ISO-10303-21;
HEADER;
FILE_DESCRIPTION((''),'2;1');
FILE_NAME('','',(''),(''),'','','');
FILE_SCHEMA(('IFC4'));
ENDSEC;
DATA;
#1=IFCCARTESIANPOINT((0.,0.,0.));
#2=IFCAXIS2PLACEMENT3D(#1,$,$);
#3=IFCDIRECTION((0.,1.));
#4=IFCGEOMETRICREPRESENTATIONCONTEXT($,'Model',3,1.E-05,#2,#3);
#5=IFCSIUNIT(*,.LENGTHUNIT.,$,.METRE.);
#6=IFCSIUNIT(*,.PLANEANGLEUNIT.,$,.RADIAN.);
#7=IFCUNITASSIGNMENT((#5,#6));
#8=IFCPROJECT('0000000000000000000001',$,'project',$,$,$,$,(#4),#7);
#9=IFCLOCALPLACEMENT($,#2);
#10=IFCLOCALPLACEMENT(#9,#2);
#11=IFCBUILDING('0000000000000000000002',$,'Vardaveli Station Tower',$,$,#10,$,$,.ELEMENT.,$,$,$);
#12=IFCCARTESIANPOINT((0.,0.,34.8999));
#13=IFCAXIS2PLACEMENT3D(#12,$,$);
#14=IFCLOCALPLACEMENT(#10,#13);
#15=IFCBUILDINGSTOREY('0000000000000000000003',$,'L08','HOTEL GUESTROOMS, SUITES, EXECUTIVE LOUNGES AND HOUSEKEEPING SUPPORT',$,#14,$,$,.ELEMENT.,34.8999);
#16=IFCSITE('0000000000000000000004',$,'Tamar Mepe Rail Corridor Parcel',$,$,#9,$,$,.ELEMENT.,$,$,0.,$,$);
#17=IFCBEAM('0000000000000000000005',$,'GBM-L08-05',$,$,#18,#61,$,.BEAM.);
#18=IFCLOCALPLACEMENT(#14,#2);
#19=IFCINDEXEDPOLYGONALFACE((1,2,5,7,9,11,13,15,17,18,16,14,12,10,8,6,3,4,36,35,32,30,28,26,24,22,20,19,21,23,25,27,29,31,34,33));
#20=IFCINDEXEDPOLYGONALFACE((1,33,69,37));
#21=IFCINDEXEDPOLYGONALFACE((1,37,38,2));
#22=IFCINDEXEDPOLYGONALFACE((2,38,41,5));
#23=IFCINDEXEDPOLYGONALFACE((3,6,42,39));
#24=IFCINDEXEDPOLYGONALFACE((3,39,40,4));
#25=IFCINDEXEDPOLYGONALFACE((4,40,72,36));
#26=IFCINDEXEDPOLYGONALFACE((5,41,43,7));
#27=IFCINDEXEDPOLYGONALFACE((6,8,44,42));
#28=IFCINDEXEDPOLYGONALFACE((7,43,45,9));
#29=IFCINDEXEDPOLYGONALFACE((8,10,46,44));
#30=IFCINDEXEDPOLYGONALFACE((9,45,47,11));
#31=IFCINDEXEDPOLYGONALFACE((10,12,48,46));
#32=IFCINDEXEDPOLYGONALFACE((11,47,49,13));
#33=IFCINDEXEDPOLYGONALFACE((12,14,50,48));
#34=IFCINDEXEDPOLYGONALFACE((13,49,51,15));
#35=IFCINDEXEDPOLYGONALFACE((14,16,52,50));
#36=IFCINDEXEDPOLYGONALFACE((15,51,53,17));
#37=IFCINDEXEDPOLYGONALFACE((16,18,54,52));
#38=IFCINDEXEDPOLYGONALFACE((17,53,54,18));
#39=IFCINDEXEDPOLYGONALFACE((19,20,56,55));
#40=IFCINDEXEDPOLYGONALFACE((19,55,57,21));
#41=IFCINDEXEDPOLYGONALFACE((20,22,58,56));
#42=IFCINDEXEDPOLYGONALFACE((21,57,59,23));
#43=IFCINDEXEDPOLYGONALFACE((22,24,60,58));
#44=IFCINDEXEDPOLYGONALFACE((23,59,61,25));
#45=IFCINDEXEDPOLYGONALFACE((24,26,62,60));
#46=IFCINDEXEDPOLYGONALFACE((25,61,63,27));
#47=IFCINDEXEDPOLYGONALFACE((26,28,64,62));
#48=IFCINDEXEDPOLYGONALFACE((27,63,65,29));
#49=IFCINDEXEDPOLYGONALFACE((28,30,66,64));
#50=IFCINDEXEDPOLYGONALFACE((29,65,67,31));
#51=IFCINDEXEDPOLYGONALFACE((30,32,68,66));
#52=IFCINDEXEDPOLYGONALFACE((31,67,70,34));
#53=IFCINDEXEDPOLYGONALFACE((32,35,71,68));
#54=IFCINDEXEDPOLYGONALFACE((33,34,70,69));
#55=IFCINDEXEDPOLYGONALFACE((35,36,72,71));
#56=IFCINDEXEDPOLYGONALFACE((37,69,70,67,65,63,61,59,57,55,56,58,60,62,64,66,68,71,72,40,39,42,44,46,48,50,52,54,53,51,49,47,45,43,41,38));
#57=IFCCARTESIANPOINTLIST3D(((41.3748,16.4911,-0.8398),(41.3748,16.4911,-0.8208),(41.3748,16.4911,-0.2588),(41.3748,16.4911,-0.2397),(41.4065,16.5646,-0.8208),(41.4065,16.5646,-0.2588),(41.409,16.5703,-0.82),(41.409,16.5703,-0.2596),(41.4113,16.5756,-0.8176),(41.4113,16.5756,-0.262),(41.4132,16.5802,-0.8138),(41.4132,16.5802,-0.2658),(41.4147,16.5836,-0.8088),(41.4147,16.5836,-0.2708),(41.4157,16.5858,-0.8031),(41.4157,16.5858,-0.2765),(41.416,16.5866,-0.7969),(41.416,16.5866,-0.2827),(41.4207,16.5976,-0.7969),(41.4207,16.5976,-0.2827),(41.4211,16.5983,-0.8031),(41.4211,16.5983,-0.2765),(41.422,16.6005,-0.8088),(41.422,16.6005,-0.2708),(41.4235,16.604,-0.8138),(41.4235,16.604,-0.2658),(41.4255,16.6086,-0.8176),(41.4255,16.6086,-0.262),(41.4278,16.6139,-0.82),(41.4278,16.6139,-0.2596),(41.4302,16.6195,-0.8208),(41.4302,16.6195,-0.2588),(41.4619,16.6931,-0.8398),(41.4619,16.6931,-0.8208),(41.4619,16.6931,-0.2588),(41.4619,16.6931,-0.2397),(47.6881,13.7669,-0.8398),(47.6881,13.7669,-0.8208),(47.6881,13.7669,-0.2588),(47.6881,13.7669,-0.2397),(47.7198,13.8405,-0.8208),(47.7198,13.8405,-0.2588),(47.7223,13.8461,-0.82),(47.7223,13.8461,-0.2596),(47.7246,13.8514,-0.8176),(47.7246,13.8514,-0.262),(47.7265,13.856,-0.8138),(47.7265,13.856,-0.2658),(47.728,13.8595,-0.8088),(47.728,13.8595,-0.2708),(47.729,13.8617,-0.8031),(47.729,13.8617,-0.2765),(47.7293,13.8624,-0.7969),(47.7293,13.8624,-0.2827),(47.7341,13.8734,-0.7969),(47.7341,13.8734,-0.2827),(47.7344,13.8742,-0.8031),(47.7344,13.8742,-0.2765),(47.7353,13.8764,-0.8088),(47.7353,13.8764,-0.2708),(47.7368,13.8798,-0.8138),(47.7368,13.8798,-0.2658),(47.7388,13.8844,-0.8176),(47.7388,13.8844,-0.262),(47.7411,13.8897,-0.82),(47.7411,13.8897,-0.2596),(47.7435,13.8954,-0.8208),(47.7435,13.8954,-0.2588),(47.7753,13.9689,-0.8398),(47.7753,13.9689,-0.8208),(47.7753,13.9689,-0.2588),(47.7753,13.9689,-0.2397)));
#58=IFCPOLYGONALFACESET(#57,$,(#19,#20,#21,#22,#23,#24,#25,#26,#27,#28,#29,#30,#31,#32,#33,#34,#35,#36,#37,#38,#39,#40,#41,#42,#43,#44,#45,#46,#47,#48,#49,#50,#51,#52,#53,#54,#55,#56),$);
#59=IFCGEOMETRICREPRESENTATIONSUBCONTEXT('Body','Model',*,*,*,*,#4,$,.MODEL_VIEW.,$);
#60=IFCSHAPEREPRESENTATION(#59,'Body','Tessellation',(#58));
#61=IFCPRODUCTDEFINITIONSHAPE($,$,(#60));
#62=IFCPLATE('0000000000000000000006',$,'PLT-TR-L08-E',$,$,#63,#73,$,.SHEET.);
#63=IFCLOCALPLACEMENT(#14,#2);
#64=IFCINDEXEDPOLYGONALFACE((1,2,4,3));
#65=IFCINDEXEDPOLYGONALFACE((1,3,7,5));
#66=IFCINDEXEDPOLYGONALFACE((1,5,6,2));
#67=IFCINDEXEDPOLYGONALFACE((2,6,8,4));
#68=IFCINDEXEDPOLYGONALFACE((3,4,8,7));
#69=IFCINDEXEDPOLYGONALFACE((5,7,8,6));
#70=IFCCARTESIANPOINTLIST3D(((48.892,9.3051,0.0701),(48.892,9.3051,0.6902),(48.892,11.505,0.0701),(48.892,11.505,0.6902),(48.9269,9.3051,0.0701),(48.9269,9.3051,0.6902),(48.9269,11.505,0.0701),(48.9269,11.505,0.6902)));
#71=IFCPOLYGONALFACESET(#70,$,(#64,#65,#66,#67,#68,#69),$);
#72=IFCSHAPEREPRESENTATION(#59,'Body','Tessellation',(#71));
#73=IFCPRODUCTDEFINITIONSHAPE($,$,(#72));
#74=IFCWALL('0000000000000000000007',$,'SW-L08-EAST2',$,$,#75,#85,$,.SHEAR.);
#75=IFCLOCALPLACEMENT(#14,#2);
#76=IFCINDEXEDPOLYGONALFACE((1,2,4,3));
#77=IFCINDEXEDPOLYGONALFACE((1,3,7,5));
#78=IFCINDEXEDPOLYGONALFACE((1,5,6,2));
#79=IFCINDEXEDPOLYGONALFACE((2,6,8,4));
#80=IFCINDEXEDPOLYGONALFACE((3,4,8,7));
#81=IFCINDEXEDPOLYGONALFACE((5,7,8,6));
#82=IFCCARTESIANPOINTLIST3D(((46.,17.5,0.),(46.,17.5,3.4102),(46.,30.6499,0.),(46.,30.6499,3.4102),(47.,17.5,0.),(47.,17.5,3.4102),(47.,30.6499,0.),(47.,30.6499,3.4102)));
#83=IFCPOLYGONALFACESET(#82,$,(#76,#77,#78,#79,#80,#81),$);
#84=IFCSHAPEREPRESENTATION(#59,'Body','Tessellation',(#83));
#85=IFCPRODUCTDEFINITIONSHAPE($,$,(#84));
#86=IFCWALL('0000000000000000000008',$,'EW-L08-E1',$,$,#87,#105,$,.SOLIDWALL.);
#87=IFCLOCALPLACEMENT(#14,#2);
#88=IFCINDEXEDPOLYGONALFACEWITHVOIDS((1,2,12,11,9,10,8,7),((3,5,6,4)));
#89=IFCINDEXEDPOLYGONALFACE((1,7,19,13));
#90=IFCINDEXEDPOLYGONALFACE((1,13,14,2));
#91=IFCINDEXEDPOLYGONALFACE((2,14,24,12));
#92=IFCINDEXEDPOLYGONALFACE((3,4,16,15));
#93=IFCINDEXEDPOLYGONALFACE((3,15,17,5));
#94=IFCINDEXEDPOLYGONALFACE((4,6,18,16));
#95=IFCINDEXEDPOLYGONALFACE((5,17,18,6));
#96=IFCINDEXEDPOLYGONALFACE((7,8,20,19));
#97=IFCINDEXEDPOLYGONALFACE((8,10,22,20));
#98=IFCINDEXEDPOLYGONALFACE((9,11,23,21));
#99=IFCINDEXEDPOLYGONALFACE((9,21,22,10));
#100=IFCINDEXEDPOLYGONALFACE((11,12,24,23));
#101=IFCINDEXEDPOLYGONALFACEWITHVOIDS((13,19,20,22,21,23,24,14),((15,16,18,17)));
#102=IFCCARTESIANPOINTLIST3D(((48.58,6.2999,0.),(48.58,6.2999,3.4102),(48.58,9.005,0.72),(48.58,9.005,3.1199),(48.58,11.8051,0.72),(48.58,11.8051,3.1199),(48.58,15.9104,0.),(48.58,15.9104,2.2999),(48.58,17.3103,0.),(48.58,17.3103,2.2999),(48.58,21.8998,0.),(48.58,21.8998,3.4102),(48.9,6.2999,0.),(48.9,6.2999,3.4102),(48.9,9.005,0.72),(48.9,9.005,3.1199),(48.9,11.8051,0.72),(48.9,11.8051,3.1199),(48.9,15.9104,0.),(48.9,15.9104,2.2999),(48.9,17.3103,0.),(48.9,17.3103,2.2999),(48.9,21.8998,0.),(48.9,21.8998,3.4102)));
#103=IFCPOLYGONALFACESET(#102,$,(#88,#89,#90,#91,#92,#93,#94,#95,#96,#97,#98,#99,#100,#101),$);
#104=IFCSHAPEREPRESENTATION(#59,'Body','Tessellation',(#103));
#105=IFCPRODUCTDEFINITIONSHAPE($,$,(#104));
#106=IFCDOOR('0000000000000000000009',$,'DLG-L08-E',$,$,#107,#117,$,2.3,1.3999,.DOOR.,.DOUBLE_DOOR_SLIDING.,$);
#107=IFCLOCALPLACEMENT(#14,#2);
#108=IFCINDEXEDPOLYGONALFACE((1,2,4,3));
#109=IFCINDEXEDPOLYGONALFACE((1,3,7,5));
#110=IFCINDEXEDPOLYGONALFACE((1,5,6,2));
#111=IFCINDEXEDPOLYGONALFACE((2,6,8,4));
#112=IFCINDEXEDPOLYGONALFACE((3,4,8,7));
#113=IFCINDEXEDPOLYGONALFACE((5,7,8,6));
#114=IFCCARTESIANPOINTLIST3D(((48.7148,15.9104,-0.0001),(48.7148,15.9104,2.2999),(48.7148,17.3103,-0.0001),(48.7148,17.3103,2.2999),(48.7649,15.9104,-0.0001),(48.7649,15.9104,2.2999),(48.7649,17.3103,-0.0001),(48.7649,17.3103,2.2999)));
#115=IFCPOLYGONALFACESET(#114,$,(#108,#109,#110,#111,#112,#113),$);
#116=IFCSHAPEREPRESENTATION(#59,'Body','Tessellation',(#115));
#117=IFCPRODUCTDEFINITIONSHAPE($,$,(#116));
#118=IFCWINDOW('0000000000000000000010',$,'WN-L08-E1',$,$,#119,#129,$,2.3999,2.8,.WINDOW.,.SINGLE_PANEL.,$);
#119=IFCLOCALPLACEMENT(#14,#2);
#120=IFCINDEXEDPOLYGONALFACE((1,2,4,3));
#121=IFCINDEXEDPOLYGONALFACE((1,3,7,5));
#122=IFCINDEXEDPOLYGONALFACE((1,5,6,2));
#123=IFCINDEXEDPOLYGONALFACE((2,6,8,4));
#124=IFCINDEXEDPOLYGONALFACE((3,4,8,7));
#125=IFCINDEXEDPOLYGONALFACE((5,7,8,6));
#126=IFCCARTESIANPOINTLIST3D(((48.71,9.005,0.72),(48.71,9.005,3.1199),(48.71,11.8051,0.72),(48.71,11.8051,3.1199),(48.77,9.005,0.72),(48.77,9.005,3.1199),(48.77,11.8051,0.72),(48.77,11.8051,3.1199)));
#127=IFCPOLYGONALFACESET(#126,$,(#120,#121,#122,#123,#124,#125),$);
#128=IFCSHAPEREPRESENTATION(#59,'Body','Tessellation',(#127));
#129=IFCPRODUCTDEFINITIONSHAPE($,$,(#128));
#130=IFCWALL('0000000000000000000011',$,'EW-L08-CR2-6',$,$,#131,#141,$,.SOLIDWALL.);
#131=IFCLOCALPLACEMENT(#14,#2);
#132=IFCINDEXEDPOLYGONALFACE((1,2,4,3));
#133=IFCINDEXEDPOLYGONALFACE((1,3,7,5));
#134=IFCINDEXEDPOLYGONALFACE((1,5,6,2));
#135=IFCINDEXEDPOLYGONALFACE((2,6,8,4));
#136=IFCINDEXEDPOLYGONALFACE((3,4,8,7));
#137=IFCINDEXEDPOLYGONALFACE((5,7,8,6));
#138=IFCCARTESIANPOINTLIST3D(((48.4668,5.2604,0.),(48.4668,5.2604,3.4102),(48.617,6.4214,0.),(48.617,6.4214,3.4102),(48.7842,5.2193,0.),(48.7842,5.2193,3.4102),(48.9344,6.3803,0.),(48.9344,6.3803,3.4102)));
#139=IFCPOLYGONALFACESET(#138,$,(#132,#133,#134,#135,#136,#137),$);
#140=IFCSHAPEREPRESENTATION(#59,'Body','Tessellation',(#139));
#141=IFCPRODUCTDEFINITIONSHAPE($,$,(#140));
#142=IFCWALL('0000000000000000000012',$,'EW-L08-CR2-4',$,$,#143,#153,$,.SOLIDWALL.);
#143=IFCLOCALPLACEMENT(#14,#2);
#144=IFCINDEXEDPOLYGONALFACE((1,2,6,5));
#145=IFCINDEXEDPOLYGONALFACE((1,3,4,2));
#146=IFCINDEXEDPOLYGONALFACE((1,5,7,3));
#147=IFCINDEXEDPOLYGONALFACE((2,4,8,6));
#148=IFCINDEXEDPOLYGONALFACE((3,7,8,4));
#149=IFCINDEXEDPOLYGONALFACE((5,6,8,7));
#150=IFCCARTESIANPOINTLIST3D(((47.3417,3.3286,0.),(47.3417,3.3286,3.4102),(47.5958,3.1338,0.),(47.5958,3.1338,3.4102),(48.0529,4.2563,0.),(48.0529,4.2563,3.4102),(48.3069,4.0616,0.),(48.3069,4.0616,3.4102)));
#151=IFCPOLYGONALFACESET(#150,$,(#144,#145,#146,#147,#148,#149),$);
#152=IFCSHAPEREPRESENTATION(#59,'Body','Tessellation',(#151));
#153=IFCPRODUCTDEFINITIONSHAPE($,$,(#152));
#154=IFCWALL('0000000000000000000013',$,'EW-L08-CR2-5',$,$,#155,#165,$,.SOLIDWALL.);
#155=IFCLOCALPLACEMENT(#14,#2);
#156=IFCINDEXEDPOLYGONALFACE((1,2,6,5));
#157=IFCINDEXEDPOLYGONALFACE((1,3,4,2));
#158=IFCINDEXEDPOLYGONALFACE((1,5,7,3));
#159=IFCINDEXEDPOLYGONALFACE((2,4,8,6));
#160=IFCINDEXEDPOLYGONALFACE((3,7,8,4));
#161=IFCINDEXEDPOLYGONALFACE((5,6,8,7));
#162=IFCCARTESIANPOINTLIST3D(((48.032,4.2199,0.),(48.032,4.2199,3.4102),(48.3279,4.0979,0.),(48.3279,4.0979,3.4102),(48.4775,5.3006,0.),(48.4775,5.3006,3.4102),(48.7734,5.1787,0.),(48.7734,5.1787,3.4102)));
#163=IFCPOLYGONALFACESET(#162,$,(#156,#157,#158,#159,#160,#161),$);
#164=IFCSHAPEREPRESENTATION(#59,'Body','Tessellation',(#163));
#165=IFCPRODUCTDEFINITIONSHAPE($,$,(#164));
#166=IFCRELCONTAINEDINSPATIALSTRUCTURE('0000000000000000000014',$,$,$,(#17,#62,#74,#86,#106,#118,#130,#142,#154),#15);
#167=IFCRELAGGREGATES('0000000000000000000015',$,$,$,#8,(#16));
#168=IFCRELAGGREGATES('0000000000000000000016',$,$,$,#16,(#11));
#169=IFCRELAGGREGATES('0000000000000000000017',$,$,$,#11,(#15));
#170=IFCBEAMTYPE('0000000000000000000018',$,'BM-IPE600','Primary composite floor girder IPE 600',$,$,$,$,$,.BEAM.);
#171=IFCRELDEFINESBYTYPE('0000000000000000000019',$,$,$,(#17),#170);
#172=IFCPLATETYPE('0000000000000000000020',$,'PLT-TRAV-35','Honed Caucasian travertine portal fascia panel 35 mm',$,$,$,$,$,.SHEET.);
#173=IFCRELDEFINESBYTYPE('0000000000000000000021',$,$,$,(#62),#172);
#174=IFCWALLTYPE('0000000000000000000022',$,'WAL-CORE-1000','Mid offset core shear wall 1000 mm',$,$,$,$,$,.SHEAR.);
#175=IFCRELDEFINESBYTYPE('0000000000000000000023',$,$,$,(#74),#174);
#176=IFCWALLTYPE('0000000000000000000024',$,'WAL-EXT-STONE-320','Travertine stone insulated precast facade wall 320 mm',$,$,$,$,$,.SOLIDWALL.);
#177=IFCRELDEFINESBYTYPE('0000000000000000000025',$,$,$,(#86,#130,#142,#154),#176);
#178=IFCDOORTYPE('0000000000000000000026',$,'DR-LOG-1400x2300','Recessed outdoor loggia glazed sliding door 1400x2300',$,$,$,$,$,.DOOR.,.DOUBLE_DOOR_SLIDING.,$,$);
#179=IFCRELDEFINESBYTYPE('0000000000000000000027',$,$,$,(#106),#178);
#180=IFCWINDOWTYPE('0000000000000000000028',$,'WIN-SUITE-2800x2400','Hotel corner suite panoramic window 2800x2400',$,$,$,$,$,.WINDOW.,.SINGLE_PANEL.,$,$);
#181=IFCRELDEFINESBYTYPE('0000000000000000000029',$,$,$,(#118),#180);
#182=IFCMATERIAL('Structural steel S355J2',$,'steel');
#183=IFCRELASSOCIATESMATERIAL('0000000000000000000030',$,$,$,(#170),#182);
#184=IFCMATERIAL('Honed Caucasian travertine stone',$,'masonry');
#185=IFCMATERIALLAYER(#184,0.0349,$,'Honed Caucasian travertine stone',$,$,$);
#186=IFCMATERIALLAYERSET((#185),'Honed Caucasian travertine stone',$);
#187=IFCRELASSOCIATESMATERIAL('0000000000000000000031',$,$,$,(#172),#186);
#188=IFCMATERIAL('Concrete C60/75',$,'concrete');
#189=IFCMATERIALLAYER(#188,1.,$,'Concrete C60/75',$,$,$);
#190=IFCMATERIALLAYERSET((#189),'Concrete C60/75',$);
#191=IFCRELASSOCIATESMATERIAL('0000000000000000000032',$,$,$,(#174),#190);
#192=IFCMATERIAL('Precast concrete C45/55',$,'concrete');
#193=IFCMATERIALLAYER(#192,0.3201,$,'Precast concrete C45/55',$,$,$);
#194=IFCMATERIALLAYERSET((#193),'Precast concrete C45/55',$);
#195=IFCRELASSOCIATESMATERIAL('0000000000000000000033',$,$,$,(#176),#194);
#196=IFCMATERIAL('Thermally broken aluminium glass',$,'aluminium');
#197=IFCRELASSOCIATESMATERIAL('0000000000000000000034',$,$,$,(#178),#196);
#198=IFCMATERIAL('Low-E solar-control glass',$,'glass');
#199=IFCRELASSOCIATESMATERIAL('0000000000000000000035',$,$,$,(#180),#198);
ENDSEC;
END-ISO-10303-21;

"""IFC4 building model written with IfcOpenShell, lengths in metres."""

from ifc_helpers import new_model, si_unit, direction, frame, frame_2d, origin, origin_2d, place, context, subcontext, project, spatial, rectangle, i_section, extrude, source, transform, mapped, material, layer, layer_set, material_profile, profile_set, type_object, element, fill, save


model = new_model("IFC4")

# Units and contexts
model_context = context("Model", 3, precision=1e-05, world=origin(), true_north=direction((0.0, 1.0)))
body_context = subcontext(model_context, "Body", "Model", "MODEL_VIEW")
ifc_project = project(units=[si_unit("LENGTHUNIT", "METRE"), si_unit("PLANEANGLEUNIT", "RADIAN")], contexts=[model_context])

# Site, building, storey
site_placement = place(None, origin())
site = spatial("IfcSite", under=ifc_project, at=site_placement, Name="Tamar Mepe Rail Corridor Parcel", CompositionType="ELEMENT", RefElevation=0.0)
building_placement = place(site_placement, origin())
building = spatial("IfcBuilding", under=site, at=building_placement, Name="Vardaveli Station Tower", CompositionType="ELEMENT")
storey_placement = place(building_placement, frame((0.0, 0.0, 34.8999)))
storey = spatial("IfcBuildingStorey", under=building, at=storey_placement, Name="L08", Description="HOTEL GUESTROOMS, SUITES, EXECUTIVE LOUNGES AND HOUSEKEEPING SUPPORT", CompositionType="ELEMENT", Elevation=34.8999)

# Beam
ifc_material_1 = material(Name="Precast concrete C45/55", Category="concrete")
ifc_material_2 = material(Name="Structural steel S355J2", Category="steel")
ifc_material_profile_1 = material_profile(ifc_material_2, i_section(OverallWidth=0.22, OverallDepth=0.6001, WebThickness=0.012, FlangeThickness=0.019, FilletRadius=0.0239, at=origin_2d()), Name="IPE 600")
ifc_profile_set_1 = profile_set([ifc_material_profile_1], Name="Structural steel S355J2")
beam_type_1 = type_object("IfcBeamType", Name="BM-IPE600", Description="Primary composite floor girder IPE 600", PredefinedType="BEAM", material=ifc_profile_set_1)
shared_shape_1 = source(origin(), body_context, "Body", "SweptSolid", [
    extrude(i_section(OverallWidth=0.22, OverallDepth=0.6001, WebThickness=0.012, FlangeThickness=0.019, FilletRadius=0.0239, at=origin_2d()), origin(), (0.0, 0.0, 1.0), 6.876),
])
beam_1_placement = place(storey_placement, frame((47.7317, 13.8679, -0.5398), z_axis=(-0.918171, 0.396185, 0.0), x_axis=(-0.396185, -0.918171, 0.0)))
element("IfcBeam", 1, at=beam_1_placement, inside=storey, type_object=beam_type_1, Name="GBM-L08-05", PredefinedType="BEAM", context=body_context, shape_type="MappedRepresentation", body=[
    mapped(shared_shape_1, transform((0.0, 0.0, 0.0), scale=1.0)),
])

# Plate
ifc_material_3 = material(Name="Honed Caucasian travertine stone", Category="masonry")
ifc_layer_1 = layer(ifc_material_3, 0.0349, Name="Honed Caucasian travertine stone")
ifc_layer_set_1 = layer_set([ifc_layer_1], Name="Honed Caucasian travertine stone")
plate_type = type_object("IfcPlateType", Name="PLT-TRAV-35", Description="Honed Caucasian travertine portal fascia panel 35 mm", PredefinedType="SHEET", material=ifc_layer_set_1)
shared_shape_2 = source(origin(), body_context, "Body", "SweptSolid", [
    extrude(rectangle(XDim=2.2, YDim=0.0349, at=origin_2d()), origin(), (0.0, 0.0, 1.0), 0.6201),
])
plate_placement = place(storey_placement, frame((48.9094, 10.405, 0.0701), z_axis=(0.0, 0.0, 1.0), x_axis=(0.0, 1.0, 0.0)))
element("IfcPlate", 2, at=plate_placement, inside=storey, type_object=plate_type, Name="PLT-TR-L08-E", PredefinedType="SHEET", context=body_context, shape_type="MappedRepresentation", body=[
    mapped(shared_shape_2, transform((0.0, 0.0, 0.0), scale=1.0)),
])

# Wall
ifc_material_4 = material(Name="Concrete C60/75", Category="concrete")
ifc_layer_2 = layer(ifc_material_4, 1.0, Name="Concrete C60/75")
ifc_layer_set_2 = layer_set([ifc_layer_2], Name="Concrete C60/75")
wall_type_1 = type_object("IfcWallType", Name="WAL-CORE-1000", Description="Mid offset core shear wall 1000 mm", PredefinedType="SHEAR", material=ifc_layer_set_2)
shared_shape_3 = source(origin(), body_context, "Body", "SweptSolid", [
    extrude(rectangle(XDim=13.1499, YDim=1.0, at=frame_2d((6.575, 0.0))), origin(), (0.0, 0.0, 1.0), 3.4102),
])
wall_1_placement = place(storey_placement, frame((46.5, 17.5, 0.0), z_axis=(0.0, 0.0, 1.0), x_axis=(0.0, 1.0, 0.0)))
element("IfcWall", 3, at=wall_1_placement, inside=storey, type_object=wall_type_1, Name="SW-L08-EAST2", PredefinedType="SHEAR", context=body_context, shape_type="MappedRepresentation", body=[
    mapped(shared_shape_3, transform((0.0, 0.0, 0.0), scale=1.0)),
])

# Wall, openings, door, window
ifc_layer_3 = layer(ifc_material_1, 0.3201, Name="Precast concrete C45/55")
ifc_layer_set_3 = layer_set([ifc_layer_3], Name="Precast concrete C45/55")
wall_type_2 = type_object("IfcWallType", Name="WAL-EXT-STONE-320", Description="Travertine stone insulated precast facade wall 320 mm", PredefinedType="SOLIDWALL", material=ifc_layer_set_3)
shared_shape_4 = source(origin(), body_context, "Body", "SweptSolid", [
    extrude(rectangle(XDim=15.5999, YDim=0.3201, at=frame_2d((7.7998, 0.0))), origin(), (0.0, 0.0, 1.0), 3.4102),
])
wall_2_placement = place(storey_placement, frame((48.74, 6.3, 0.0), z_axis=(0.0, 0.0, 1.0), x_axis=(0.0, 1.0, 0.0)))
wall_2 = element("IfcWall", 4, at=wall_2_placement, inside=storey, type_object=wall_type_2, Name="EW-L08-E1", PredefinedType="SOLIDWALL", context=body_context, shape_type="MappedRepresentation", body=[
    mapped(shared_shape_4, transform((0.0, 0.0, 0.0), scale=1.0)),
])
shared_shape_5 = source(origin(), body_context, "Body", "SweptSolid", [
    extrude(rectangle(XDim=1.3999, YDim=2.3, at=frame_2d((0.7, 1.1499))), frame((0.0, 0.1699, 0.0), z_axis=(0.0, -1.0, 0.0), x_axis=(1.0, 0.0, 0.0)), (0.0, 0.0, 1.0), 0.3401),
])
opening_1_placement = place(wall_2_placement, frame((9.6104, 0.0, 0.0)))
opening_1 = element("IfcOpeningElement", 5, at=opening_1_placement, cuts=wall_2, PredefinedType="OPENING", context=body_context, shape_type="MappedRepresentation", body=[
    mapped(shared_shape_5, transform((0.0, 0.0, 0.0), scale=1.0)),
])
shared_shape_6 = source(origin(), body_context, "Body", "SweptSolid", [
    extrude(rectangle(XDim=2.8, YDim=2.3999, at=frame_2d((1.3999, 1.2))), frame((0.0, 0.1699, 0.0), z_axis=(0.0, -1.0, 0.0), x_axis=(1.0, 0.0, 0.0)), (0.0, 0.0, 1.0), 0.3401),
])
opening_2_placement = place(wall_2_placement, frame((2.7051, 0.0, 0.72)))
opening_2 = element("IfcOpeningElement", 6, at=opening_2_placement, cuts=wall_2, PredefinedType="OPENING", context=body_context, shape_type="MappedRepresentation", body=[
    mapped(shared_shape_6, transform((0.0, 0.0, 0.0), scale=1.0)),
])
ifc_material_5 = material(Name="Thermally broken aluminium glass", Category="aluminium")
door_type_1 = type_object("IfcDoorType", Name="DR-LOG-1400x2300", Description="Recessed outdoor loggia glazed sliding door 1400x2300", OperationType="DOUBLE_DOOR_SLIDING", PredefinedType="DOOR", material=ifc_material_5)
shared_shape_7 = source(origin(), body_context, "Body", "SweptSolid", [
    extrude(rectangle(XDim=1.3999, YDim=2.3, at=frame_2d((0.7, 1.1499))), frame((0.0, 0.0249, 0.0), z_axis=(0.0, -1.0, 0.0), x_axis=(1.0, 0.0, 0.0)), (0.0, 0.0, 1.0), 0.05),
])
door_1_placement = place(opening_1_placement, frame((1.3999, 0.0, 0.0), z_axis=(0.0, 0.0, 1.0), x_axis=(-1.0, 0.0, 0.0)))
door_1 = element("IfcDoor", 7, at=door_1_placement, inside=storey, type_object=door_type_1, Name="DLG-L08-E", OperationType="DOUBLE_DOOR_SLIDING", OverallHeight=2.3, OverallWidth=1.3999, PredefinedType="DOOR", context=body_context, shape_type="MappedRepresentation", body=[
    mapped(shared_shape_7, transform((0.0, 0.0, 0.0), scale=1.0)),
])
fill(opening_1, door_1)
ifc_material_6 = material(Name="Low-E solar-control glass", Category="glass")
window_type = type_object("IfcWindowType", Name="WIN-SUITE-2800x2400", Description="Hotel corner suite panoramic window 2800x2400", PartitioningType="SINGLE_PANEL", PredefinedType="WINDOW", material=ifc_material_6)
shared_shape_8 = source(origin(), body_context, "Body", "SweptSolid", [
    extrude(rectangle(XDim=2.8, YDim=2.3999, at=frame_2d((1.3999, 1.2))), frame((0.0, 0.03, 0.0), z_axis=(0.0, -1.0, 0.0), x_axis=(1.0, 0.0, 0.0)), (0.0, 0.0, 1.0), 0.0601),
])
window_placement = place(opening_2_placement, origin())
window = element("IfcWindow", 8, at=window_placement, inside=storey, type_object=window_type, Name="WN-L08-E1", OverallHeight=2.3999, OverallWidth=2.8, PartitioningType="SINGLE_PANEL", PredefinedType="WINDOW", context=body_context, shape_type="MappedRepresentation", body=[
    mapped(shared_shape_8, transform((0.0, 0.0, 0.0), scale=1.0)),
])
fill(opening_2, window)

# Walls
shared_shape_9 = source(origin(), body_context, "Body", "SweptSolid", [
    extrude(rectangle(XDim=1.1707, YDim=0.3201, at=frame_2d((0.5854, 0.0))), origin(), (0.0, 0.0, 1.0), 3.4102),
])
wall_3_placement = place(storey_placement, frame((48.6255, 5.2397, 0.0), z_axis=(0.0, 0.0, 1.0), x_axis=(0.128269, 0.991739, 0.0)))
element("IfcWall", 9, at=wall_3_placement, inside=storey, type_object=wall_type_2, Name="EW-L08-CR2-6", PredefinedType="SOLIDWALL", context=body_context, shape_type="MappedRepresentation", body=[
    mapped(shared_shape_9, transform((0.0, 0.0, 0.0), scale=1.0)),
])
shared_shape_10 = source(origin(), body_context, "Body", "SweptSolid", [
    extrude(rectangle(XDim=1.1689, YDim=0.3201, at=frame_2d((0.5845, 0.0))), origin(), (0.0, 0.0, 1.0), 3.4102),
])
for number, where, z_axis, x_axis, name in (
    (10, (47.4688, 3.2312, 0.0), (0.0, 0.0, 1.0), (0.608388, 0.79364, 0.0), "EW-L08-CR2-4"),
    (11, (48.1799, 4.1589, 0.0), (0.0, 0.0, 1.0), (0.381128, 0.924522, 0.0), "EW-L08-CR2-5"),
):
    element("IfcWall", number, at=place(storey_placement, frame(where, z_axis=z_axis, x_axis=x_axis)), inside=storey, type_object=wall_type_2, Name=name, PredefinedType="SOLIDWALL", context=body_context, shape_type="MappedRepresentation", body=[
        mapped(shared_shape_10, transform((0.0, 0.0, 0.0), scale=1.0)),
    ])

save(model, "model.ifc")
